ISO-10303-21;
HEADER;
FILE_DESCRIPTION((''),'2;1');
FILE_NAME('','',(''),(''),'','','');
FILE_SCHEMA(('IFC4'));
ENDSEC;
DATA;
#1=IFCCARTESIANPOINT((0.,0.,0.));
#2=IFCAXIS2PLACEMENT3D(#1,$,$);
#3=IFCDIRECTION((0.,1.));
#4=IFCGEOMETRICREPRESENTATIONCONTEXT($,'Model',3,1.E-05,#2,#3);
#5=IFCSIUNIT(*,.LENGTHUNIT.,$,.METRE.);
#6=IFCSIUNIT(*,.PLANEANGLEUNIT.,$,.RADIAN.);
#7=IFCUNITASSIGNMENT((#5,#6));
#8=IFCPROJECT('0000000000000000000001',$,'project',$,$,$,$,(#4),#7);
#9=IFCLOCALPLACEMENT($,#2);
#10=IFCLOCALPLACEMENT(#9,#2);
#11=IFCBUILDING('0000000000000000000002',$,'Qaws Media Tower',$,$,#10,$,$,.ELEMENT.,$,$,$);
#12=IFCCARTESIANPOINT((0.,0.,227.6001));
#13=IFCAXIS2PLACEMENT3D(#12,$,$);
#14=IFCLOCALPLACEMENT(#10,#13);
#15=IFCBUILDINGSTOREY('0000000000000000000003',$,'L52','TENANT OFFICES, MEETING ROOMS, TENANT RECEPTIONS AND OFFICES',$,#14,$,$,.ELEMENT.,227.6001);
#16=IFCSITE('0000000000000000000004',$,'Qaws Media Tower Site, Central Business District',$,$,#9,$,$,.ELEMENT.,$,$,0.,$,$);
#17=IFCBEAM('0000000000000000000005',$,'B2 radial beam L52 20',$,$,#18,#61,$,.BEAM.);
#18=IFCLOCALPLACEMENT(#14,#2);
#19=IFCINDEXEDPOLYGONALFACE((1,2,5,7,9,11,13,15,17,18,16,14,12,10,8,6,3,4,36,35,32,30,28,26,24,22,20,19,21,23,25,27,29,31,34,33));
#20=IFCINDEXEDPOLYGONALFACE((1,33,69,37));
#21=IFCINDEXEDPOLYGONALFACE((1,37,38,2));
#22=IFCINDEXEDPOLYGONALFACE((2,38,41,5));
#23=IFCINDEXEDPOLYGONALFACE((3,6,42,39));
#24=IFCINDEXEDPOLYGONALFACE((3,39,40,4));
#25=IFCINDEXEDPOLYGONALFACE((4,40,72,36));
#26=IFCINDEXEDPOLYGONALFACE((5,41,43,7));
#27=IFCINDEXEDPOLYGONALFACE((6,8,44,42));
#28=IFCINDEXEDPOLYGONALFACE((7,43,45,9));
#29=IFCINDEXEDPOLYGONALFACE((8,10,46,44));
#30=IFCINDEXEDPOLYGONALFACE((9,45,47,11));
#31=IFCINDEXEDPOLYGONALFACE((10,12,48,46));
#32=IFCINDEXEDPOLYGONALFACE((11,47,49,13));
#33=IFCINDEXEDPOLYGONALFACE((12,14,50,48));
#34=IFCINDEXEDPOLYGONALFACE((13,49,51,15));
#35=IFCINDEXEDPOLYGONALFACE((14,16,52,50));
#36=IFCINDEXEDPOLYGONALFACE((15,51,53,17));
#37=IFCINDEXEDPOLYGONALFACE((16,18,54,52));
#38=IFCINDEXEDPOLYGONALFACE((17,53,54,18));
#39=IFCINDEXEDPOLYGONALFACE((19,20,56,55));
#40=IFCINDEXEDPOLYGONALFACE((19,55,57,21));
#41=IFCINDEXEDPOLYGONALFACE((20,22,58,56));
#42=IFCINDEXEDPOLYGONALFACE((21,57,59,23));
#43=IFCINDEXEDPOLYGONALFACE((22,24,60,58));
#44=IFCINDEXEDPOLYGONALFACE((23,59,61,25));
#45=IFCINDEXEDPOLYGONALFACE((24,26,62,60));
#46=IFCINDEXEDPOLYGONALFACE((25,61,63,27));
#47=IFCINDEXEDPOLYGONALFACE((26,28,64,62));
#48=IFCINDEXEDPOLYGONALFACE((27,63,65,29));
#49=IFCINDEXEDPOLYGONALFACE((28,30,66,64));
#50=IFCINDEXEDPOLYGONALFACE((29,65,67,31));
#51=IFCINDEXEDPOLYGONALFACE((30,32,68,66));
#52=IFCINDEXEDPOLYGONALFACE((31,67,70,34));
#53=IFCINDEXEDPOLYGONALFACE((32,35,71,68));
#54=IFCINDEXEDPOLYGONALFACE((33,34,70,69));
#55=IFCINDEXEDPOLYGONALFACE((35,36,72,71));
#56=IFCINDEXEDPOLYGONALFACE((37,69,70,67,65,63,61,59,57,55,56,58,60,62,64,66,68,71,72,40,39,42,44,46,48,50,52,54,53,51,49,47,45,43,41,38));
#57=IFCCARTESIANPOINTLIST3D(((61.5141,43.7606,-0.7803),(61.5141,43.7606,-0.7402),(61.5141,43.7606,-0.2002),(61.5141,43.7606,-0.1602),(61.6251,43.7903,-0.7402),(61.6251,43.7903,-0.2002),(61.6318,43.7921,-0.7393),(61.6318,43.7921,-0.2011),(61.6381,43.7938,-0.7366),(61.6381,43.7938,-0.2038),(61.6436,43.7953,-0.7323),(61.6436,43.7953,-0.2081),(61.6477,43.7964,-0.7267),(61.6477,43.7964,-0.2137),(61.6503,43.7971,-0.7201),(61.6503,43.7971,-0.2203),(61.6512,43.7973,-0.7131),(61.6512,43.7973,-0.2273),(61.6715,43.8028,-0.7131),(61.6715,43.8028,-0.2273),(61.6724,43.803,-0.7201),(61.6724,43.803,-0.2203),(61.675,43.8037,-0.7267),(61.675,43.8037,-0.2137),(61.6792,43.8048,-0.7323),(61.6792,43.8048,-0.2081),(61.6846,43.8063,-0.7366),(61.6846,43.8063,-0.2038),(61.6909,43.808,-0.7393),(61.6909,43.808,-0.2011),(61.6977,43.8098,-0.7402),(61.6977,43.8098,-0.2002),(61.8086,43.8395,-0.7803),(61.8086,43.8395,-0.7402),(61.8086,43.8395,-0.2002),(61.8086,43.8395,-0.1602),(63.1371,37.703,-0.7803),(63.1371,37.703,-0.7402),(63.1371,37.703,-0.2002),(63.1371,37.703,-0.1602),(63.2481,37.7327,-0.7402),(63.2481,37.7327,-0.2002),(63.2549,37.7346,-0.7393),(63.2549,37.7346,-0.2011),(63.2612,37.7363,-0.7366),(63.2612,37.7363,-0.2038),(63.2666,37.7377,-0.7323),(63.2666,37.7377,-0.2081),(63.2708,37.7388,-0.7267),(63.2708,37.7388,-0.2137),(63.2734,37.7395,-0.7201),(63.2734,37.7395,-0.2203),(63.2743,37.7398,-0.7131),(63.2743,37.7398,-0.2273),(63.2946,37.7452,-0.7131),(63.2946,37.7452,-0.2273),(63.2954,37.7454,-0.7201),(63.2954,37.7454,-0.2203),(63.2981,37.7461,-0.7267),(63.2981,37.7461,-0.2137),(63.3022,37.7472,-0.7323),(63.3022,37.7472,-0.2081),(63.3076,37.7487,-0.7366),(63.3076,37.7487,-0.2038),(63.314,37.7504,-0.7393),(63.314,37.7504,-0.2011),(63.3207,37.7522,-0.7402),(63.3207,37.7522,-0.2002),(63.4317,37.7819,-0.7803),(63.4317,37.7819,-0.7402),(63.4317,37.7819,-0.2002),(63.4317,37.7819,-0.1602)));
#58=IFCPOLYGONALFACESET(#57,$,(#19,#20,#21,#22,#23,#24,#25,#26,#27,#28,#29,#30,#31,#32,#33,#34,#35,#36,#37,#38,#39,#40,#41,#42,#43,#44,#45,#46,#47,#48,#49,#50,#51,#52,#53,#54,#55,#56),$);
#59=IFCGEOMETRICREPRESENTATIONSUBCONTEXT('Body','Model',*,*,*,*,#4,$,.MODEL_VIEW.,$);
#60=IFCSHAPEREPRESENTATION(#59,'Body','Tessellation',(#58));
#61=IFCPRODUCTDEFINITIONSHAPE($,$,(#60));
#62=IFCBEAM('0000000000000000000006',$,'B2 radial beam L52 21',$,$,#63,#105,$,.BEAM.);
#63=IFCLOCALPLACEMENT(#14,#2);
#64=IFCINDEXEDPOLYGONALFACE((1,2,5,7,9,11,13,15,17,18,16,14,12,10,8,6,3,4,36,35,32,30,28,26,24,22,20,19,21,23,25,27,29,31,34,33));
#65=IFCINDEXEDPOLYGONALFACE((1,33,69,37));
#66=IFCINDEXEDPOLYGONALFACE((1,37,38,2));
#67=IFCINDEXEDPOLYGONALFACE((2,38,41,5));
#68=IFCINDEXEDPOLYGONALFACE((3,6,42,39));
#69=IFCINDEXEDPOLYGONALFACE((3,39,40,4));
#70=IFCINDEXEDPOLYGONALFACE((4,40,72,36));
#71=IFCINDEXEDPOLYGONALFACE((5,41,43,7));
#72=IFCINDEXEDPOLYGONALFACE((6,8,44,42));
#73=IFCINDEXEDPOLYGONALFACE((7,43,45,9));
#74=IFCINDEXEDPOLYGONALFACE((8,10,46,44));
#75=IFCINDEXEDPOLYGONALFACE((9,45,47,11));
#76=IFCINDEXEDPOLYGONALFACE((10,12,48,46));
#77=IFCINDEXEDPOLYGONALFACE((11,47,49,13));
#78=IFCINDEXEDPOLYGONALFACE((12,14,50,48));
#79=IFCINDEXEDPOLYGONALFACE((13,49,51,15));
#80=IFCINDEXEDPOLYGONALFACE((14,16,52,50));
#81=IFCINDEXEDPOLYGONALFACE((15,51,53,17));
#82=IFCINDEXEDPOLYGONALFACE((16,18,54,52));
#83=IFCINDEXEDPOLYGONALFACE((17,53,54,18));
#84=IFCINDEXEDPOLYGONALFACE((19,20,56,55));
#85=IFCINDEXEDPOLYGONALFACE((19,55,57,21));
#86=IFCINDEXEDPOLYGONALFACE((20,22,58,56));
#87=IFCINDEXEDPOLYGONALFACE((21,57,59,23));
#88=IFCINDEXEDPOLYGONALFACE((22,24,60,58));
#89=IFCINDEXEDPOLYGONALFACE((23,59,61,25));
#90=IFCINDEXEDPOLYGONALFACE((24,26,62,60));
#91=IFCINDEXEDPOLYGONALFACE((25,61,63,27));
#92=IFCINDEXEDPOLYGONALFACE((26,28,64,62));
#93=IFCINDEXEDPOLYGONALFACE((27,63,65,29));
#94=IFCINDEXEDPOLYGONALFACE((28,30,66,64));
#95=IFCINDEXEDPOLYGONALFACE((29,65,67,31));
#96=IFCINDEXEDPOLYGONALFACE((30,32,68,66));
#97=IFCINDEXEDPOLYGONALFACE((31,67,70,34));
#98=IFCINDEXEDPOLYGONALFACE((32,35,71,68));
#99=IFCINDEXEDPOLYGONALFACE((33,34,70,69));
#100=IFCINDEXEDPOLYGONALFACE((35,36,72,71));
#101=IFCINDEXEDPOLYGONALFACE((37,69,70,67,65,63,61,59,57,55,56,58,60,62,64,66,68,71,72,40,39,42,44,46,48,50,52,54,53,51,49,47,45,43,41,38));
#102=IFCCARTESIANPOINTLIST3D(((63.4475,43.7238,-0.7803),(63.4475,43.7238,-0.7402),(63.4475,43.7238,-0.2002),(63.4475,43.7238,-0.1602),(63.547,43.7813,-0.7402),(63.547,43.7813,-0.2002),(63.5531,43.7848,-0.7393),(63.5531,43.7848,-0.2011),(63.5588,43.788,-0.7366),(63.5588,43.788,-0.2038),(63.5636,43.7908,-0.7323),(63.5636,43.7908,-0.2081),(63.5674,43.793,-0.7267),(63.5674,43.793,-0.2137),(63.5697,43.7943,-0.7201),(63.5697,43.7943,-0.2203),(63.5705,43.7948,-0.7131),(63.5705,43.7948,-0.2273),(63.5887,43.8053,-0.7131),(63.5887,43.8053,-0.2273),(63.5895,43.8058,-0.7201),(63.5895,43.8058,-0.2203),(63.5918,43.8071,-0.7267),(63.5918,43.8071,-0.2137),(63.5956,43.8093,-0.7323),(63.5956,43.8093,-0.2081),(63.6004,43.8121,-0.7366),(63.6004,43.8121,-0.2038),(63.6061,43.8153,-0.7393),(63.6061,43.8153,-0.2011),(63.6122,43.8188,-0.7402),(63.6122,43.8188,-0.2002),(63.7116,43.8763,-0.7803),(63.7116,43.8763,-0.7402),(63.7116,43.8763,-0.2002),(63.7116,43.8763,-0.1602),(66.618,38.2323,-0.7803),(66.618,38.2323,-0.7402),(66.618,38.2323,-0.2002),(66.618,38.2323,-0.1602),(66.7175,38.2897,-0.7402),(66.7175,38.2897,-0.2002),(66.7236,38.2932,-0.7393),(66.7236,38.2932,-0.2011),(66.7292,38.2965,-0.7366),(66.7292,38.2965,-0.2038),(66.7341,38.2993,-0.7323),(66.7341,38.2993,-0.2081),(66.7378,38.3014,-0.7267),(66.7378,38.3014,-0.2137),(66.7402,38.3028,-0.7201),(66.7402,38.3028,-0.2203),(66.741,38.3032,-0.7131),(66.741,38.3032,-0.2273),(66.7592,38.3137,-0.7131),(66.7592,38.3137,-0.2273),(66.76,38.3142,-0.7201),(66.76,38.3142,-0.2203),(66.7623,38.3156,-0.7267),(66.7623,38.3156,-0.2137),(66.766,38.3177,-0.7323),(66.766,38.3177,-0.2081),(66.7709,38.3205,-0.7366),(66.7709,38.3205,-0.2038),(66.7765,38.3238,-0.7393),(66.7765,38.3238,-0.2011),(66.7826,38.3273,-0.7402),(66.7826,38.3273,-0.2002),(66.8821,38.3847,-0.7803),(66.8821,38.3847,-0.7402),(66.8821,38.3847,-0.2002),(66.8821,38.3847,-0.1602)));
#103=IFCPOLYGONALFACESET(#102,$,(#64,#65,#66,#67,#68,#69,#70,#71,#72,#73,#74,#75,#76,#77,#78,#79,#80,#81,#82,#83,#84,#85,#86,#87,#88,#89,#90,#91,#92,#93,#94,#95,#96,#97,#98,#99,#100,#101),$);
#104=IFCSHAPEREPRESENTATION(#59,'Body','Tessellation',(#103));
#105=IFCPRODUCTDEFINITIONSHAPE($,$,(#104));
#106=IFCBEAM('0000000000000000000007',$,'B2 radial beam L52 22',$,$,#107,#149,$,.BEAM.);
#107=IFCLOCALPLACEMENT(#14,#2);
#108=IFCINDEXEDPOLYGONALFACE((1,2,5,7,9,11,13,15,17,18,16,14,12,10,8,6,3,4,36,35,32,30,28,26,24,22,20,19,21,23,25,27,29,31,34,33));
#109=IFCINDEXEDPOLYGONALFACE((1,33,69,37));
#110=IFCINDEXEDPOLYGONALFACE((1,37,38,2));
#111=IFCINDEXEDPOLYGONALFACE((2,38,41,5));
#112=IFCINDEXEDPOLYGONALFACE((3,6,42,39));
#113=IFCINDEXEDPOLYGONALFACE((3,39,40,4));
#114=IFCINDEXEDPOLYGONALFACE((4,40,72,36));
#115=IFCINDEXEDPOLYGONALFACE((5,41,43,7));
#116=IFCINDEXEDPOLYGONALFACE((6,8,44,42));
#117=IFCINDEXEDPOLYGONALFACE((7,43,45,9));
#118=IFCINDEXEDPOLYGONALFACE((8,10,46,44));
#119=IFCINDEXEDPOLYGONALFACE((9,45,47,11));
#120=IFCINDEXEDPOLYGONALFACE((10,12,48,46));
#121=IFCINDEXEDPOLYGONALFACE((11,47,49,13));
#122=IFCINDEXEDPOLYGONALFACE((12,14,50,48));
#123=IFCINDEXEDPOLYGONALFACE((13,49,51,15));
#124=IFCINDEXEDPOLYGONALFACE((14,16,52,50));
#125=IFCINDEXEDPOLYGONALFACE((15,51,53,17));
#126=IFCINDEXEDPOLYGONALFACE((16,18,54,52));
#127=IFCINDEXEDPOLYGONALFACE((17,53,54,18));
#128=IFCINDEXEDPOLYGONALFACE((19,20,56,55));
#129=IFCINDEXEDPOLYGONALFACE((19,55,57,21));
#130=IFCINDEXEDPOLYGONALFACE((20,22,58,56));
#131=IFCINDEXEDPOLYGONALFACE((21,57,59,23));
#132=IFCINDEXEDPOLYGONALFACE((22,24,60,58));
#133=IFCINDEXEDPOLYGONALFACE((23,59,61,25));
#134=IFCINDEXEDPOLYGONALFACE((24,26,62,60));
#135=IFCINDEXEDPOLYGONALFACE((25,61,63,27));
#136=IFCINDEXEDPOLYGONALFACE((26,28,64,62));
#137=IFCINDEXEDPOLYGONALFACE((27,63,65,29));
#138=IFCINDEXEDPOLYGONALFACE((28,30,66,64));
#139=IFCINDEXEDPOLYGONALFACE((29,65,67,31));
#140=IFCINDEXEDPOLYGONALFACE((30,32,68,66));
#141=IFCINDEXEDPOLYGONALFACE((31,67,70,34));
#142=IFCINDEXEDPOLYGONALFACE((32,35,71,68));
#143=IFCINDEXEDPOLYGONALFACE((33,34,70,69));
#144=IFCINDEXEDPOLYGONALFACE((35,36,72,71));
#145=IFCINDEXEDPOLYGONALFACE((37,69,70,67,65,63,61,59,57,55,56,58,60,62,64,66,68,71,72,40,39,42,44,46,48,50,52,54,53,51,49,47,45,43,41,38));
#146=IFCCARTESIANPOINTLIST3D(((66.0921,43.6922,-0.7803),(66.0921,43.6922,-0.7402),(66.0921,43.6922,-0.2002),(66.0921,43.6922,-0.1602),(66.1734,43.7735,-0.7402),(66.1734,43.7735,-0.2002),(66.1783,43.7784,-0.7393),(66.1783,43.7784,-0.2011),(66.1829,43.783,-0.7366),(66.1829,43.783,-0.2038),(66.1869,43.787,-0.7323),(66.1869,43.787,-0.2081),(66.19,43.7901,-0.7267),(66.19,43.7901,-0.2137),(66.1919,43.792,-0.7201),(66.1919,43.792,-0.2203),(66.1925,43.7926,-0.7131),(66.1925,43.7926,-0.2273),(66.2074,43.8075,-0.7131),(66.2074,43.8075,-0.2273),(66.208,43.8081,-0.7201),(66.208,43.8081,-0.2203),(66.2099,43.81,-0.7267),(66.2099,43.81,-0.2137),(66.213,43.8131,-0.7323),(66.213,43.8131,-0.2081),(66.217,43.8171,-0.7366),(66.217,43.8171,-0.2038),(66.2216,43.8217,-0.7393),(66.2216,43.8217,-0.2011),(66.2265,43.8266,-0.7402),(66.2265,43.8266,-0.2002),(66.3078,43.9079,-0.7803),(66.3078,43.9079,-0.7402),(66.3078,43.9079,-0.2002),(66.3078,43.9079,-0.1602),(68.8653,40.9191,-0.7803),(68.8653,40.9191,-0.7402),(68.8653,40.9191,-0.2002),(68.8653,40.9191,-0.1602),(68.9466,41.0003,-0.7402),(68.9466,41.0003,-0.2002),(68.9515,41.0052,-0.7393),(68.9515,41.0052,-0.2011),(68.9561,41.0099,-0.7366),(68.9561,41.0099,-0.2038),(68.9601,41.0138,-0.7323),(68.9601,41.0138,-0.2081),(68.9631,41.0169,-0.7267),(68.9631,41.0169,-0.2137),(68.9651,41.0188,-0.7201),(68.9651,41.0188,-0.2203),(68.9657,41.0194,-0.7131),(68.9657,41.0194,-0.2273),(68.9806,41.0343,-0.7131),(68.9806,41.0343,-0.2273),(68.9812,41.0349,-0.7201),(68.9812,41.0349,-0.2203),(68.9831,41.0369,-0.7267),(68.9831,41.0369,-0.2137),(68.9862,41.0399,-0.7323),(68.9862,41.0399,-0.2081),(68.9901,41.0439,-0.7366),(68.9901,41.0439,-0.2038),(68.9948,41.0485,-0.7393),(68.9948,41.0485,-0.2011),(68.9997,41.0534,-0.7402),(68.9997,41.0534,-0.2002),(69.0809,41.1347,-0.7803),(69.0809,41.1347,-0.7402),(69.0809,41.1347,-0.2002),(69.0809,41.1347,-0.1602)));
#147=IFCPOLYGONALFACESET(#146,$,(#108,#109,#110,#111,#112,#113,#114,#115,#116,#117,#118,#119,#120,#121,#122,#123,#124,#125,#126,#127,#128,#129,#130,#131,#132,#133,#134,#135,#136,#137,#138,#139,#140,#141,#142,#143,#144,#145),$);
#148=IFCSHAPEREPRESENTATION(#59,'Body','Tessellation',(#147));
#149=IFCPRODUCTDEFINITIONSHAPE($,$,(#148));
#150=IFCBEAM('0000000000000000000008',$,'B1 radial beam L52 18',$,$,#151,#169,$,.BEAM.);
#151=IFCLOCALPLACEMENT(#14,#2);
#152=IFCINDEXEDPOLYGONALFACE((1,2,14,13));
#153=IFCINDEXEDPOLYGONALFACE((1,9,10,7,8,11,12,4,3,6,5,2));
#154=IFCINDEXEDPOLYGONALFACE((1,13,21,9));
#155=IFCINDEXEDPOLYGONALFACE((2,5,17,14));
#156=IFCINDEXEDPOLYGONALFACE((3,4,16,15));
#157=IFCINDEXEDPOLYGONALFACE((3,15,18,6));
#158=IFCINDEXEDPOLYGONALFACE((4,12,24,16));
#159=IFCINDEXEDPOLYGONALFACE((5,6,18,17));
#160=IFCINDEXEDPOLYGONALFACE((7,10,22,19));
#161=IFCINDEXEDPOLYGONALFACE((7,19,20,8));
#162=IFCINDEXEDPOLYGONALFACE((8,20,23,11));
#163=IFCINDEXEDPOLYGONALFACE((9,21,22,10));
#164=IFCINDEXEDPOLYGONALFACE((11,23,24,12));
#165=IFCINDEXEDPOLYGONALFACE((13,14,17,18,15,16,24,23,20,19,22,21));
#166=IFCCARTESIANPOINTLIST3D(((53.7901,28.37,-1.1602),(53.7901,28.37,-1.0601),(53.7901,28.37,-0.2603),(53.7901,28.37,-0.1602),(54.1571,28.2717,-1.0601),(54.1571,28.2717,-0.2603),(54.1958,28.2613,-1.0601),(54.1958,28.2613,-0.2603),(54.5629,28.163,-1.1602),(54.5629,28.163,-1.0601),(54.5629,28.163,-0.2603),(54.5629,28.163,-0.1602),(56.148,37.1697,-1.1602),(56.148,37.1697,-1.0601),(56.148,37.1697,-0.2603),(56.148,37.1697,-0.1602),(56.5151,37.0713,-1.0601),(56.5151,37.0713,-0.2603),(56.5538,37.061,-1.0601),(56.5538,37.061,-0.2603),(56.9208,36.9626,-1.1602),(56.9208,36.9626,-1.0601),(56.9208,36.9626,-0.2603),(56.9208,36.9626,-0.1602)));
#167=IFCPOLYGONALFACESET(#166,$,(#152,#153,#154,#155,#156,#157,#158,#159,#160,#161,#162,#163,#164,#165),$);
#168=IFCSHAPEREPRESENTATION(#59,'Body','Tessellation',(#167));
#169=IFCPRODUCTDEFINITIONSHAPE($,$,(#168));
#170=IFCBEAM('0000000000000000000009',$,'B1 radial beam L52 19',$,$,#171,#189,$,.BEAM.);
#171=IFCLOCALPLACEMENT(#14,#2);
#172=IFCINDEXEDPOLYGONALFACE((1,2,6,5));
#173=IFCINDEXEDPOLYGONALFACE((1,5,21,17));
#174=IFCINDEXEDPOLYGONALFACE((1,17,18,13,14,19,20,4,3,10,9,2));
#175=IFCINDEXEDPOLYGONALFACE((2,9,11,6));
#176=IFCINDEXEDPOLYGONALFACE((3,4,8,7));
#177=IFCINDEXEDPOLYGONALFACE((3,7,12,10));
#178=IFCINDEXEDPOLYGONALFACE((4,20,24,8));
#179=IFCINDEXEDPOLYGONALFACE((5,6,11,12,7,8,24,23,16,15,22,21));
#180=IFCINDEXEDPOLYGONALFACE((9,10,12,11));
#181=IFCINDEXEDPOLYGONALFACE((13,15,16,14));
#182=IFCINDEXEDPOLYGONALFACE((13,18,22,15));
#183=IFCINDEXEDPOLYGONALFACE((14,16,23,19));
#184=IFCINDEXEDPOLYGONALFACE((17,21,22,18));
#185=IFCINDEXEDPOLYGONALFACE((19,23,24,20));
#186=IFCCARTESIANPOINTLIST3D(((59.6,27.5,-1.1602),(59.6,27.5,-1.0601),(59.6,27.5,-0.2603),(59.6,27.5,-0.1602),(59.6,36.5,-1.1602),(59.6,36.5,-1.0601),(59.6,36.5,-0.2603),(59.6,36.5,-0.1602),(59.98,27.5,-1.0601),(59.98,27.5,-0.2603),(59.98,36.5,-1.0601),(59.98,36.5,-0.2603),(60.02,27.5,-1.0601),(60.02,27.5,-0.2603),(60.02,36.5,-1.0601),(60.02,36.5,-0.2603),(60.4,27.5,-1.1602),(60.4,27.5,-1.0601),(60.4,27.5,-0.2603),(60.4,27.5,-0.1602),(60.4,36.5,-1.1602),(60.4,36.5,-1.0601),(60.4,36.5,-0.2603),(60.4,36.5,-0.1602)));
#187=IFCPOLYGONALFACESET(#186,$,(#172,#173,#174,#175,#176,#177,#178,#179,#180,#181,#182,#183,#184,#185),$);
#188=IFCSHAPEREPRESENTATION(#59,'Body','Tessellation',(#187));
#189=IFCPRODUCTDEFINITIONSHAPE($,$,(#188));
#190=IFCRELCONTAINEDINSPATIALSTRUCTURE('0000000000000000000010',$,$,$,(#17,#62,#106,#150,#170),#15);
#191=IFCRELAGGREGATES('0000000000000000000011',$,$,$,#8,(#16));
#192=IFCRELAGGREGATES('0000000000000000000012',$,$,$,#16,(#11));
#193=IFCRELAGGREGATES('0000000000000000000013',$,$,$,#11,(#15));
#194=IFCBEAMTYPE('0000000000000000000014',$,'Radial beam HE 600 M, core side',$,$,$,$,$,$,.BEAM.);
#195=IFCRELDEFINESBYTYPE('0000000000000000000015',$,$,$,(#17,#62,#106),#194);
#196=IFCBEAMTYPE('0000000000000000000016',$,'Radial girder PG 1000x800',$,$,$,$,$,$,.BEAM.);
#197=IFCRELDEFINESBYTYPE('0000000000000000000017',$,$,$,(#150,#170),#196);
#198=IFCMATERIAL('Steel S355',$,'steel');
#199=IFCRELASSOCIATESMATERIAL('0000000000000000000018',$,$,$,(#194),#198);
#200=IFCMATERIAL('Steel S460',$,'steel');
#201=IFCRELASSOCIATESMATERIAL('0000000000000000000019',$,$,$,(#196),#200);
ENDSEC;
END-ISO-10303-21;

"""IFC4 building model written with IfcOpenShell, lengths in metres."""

from ifc_helpers import new_model, si_unit, direction, frame, origin, origin_2d, place, context, subcontext, project, spatial, i_section, extrude, material, material_profile, profile_set, type_object, element, save


model = new_model("IFC4")

# Units and contexts
model_context = context("Model", 3, precision=1e-05, world=origin(), true_north=direction((0.0, 1.0)))
body_context = subcontext(model_context, "Body", "Model", "MODEL_VIEW")
ifc_project = project(units=[si_unit("LENGTHUNIT", "METRE"), si_unit("PLANEANGLEUNIT", "RADIAN")], contexts=[model_context])

# Site, building, storey
site_placement = place(None, origin())
site = spatial("IfcSite", under=ifc_project, at=site_placement, Name="Qaws Media Tower Site, Central Business District", CompositionType="ELEMENT", RefElevation=0.0)
building_placement = place(site_placement, origin())
building = spatial("IfcBuilding", under=site, at=building_placement, Name="Qaws Media Tower", CompositionType="ELEMENT")
storey_placement = place(building_placement, frame((0.0, 0.0, 227.6001)))
storey = spatial("IfcBuildingStorey", under=building, at=storey_placement, Name="L52", Description="TENANT OFFICES, MEETING ROOMS, TENANT RECEPTIONS AND OFFICES", CompositionType="ELEMENT", Elevation=227.6001)

# Beams
ifc_material_1 = material(Name="Steel S355", Category="steel")
ifc_material_profile_1 = material_profile(ifc_material_1, i_section(OverallWidth=0.3049, OverallDepth=0.6201, WebThickness=0.021, FlangeThickness=0.04, FilletRadius=0.0271, at=origin_2d()), Name="HE 600 M")
ifc_profile_set_1 = profile_set([ifc_material_profile_1], Name="Steel S355")
beam_type_1 = type_object("IfcBeamType", Name="Radial beam HE 600 M, core side", PredefinedType="BEAM", material=ifc_profile_set_1)
beam_1_placement = place(storey_placement, frame((61.6614, 43.8, -0.4702), z_axis=(0.258806, -0.965929, 0.0), x_axis=(0.965929, 0.258806, 0.0)))
element("IfcBeam", 1, at=beam_1_placement, inside=storey, type_object=beam_type_1, Name="B2 radial beam L52 20", PredefinedType="BEAM", context=body_context, shape_type="SweptSolid", body=[
    extrude(i_section(OverallWidth=0.3049, OverallDepth=0.6201, WebThickness=0.021, FlangeThickness=0.04, FilletRadius=0.0271, at=origin_2d()), origin(), (0.0, 0.0, 1.0), 6.2712),
])
beam_2_placement = place(storey_placement, frame((63.5796, 43.8, -0.4702), z_axis=(0.49999, -0.866031, 0.0), x_axis=(0.866031, 0.49999, 0.0)))
element("IfcBeam", 2, at=beam_2_placement, inside=storey, type_object=beam_type_1, Name="B2 radial beam L52 21", PredefinedType="BEAM", context=body_context, shape_type="SweptSolid", body=[
    extrude(i_section(OverallWidth=0.3049, OverallDepth=0.6201, WebThickness=0.021, FlangeThickness=0.04, FilletRadius=0.0271, at=origin_2d()), origin(), (0.0, 0.0, 1.0), 6.3411),
])
beam_3_placement = place(storey_placement, frame((66.2, 43.8, -0.4702), z_axis=(0.707107, -0.707107, 0.0), x_axis=(0.707107, 0.707107, 0.0)))
element("IfcBeam", 3, at=beam_3_placement, inside=storey, type_object=beam_type_1, Name="B2 radial beam L52 22", PredefinedType="BEAM", context=body_context, shape_type="SweptSolid", body=[
    extrude(i_section(OverallWidth=0.3049, OverallDepth=0.6201, WebThickness=0.021, FlangeThickness=0.04, FilletRadius=0.0271, at=origin_2d()), origin(), (0.0, 0.0, 1.0), 3.9219),
])
ifc_material_2 = material(Name="Steel S460", Category="steel")
ifc_material_profile_2 = material_profile(ifc_material_2, i_section(OverallWidth=0.8, OverallDepth=1.0, WebThickness=0.04, FlangeThickness=0.1001, at=origin_2d()), Name="PG 1000x800")
ifc_profile_set_2 = profile_set([ifc_material_profile_2], Name="Steel S460")
beam_type_2 = type_object("IfcBeamType", Name="Radial girder PG 1000x800", PredefinedType="BEAM", material=ifc_profile_set_2)
beam_4_placement = place(storey_placement, frame((56.5344, 37.0662, -0.6602), z_axis=(-0.258827, -0.965924, 0.0), x_axis=(0.965924, -0.258827, 0.0)))
element("IfcBeam", 4, at=beam_4_placement, inside=storey, type_object=beam_type_2, Name="B1 radial beam L52 18", PredefinedType="BEAM", context=body_context, shape_type="SweptSolid", body=[
    extrude(i_section(OverallWidth=0.8, OverallDepth=1.0, WebThickness=0.04, FlangeThickness=0.1001, at=origin_2d()), origin(), (0.0, 0.0, 1.0), 9.1101),
])
beam_5_placement = place(storey_placement, frame((60.0, 36.5, -0.6602), z_axis=(0.0, -1.0, 0.0), x_axis=(1.0, 0.0, 0.0)))
element("IfcBeam", 5, at=beam_5_placement, inside=storey, type_object=beam_type_2, Name="B1 radial beam L52 19", PredefinedType="BEAM", context=body_context, shape_type="SweptSolid", body=[
    extrude(i_section(OverallWidth=0.8, OverallDepth=1.0, WebThickness=0.04, FlangeThickness=0.1001, at=origin_2d()), origin(), (0.0, 0.0, 1.0), 9.0),
])

save(model, "model.ifc")
